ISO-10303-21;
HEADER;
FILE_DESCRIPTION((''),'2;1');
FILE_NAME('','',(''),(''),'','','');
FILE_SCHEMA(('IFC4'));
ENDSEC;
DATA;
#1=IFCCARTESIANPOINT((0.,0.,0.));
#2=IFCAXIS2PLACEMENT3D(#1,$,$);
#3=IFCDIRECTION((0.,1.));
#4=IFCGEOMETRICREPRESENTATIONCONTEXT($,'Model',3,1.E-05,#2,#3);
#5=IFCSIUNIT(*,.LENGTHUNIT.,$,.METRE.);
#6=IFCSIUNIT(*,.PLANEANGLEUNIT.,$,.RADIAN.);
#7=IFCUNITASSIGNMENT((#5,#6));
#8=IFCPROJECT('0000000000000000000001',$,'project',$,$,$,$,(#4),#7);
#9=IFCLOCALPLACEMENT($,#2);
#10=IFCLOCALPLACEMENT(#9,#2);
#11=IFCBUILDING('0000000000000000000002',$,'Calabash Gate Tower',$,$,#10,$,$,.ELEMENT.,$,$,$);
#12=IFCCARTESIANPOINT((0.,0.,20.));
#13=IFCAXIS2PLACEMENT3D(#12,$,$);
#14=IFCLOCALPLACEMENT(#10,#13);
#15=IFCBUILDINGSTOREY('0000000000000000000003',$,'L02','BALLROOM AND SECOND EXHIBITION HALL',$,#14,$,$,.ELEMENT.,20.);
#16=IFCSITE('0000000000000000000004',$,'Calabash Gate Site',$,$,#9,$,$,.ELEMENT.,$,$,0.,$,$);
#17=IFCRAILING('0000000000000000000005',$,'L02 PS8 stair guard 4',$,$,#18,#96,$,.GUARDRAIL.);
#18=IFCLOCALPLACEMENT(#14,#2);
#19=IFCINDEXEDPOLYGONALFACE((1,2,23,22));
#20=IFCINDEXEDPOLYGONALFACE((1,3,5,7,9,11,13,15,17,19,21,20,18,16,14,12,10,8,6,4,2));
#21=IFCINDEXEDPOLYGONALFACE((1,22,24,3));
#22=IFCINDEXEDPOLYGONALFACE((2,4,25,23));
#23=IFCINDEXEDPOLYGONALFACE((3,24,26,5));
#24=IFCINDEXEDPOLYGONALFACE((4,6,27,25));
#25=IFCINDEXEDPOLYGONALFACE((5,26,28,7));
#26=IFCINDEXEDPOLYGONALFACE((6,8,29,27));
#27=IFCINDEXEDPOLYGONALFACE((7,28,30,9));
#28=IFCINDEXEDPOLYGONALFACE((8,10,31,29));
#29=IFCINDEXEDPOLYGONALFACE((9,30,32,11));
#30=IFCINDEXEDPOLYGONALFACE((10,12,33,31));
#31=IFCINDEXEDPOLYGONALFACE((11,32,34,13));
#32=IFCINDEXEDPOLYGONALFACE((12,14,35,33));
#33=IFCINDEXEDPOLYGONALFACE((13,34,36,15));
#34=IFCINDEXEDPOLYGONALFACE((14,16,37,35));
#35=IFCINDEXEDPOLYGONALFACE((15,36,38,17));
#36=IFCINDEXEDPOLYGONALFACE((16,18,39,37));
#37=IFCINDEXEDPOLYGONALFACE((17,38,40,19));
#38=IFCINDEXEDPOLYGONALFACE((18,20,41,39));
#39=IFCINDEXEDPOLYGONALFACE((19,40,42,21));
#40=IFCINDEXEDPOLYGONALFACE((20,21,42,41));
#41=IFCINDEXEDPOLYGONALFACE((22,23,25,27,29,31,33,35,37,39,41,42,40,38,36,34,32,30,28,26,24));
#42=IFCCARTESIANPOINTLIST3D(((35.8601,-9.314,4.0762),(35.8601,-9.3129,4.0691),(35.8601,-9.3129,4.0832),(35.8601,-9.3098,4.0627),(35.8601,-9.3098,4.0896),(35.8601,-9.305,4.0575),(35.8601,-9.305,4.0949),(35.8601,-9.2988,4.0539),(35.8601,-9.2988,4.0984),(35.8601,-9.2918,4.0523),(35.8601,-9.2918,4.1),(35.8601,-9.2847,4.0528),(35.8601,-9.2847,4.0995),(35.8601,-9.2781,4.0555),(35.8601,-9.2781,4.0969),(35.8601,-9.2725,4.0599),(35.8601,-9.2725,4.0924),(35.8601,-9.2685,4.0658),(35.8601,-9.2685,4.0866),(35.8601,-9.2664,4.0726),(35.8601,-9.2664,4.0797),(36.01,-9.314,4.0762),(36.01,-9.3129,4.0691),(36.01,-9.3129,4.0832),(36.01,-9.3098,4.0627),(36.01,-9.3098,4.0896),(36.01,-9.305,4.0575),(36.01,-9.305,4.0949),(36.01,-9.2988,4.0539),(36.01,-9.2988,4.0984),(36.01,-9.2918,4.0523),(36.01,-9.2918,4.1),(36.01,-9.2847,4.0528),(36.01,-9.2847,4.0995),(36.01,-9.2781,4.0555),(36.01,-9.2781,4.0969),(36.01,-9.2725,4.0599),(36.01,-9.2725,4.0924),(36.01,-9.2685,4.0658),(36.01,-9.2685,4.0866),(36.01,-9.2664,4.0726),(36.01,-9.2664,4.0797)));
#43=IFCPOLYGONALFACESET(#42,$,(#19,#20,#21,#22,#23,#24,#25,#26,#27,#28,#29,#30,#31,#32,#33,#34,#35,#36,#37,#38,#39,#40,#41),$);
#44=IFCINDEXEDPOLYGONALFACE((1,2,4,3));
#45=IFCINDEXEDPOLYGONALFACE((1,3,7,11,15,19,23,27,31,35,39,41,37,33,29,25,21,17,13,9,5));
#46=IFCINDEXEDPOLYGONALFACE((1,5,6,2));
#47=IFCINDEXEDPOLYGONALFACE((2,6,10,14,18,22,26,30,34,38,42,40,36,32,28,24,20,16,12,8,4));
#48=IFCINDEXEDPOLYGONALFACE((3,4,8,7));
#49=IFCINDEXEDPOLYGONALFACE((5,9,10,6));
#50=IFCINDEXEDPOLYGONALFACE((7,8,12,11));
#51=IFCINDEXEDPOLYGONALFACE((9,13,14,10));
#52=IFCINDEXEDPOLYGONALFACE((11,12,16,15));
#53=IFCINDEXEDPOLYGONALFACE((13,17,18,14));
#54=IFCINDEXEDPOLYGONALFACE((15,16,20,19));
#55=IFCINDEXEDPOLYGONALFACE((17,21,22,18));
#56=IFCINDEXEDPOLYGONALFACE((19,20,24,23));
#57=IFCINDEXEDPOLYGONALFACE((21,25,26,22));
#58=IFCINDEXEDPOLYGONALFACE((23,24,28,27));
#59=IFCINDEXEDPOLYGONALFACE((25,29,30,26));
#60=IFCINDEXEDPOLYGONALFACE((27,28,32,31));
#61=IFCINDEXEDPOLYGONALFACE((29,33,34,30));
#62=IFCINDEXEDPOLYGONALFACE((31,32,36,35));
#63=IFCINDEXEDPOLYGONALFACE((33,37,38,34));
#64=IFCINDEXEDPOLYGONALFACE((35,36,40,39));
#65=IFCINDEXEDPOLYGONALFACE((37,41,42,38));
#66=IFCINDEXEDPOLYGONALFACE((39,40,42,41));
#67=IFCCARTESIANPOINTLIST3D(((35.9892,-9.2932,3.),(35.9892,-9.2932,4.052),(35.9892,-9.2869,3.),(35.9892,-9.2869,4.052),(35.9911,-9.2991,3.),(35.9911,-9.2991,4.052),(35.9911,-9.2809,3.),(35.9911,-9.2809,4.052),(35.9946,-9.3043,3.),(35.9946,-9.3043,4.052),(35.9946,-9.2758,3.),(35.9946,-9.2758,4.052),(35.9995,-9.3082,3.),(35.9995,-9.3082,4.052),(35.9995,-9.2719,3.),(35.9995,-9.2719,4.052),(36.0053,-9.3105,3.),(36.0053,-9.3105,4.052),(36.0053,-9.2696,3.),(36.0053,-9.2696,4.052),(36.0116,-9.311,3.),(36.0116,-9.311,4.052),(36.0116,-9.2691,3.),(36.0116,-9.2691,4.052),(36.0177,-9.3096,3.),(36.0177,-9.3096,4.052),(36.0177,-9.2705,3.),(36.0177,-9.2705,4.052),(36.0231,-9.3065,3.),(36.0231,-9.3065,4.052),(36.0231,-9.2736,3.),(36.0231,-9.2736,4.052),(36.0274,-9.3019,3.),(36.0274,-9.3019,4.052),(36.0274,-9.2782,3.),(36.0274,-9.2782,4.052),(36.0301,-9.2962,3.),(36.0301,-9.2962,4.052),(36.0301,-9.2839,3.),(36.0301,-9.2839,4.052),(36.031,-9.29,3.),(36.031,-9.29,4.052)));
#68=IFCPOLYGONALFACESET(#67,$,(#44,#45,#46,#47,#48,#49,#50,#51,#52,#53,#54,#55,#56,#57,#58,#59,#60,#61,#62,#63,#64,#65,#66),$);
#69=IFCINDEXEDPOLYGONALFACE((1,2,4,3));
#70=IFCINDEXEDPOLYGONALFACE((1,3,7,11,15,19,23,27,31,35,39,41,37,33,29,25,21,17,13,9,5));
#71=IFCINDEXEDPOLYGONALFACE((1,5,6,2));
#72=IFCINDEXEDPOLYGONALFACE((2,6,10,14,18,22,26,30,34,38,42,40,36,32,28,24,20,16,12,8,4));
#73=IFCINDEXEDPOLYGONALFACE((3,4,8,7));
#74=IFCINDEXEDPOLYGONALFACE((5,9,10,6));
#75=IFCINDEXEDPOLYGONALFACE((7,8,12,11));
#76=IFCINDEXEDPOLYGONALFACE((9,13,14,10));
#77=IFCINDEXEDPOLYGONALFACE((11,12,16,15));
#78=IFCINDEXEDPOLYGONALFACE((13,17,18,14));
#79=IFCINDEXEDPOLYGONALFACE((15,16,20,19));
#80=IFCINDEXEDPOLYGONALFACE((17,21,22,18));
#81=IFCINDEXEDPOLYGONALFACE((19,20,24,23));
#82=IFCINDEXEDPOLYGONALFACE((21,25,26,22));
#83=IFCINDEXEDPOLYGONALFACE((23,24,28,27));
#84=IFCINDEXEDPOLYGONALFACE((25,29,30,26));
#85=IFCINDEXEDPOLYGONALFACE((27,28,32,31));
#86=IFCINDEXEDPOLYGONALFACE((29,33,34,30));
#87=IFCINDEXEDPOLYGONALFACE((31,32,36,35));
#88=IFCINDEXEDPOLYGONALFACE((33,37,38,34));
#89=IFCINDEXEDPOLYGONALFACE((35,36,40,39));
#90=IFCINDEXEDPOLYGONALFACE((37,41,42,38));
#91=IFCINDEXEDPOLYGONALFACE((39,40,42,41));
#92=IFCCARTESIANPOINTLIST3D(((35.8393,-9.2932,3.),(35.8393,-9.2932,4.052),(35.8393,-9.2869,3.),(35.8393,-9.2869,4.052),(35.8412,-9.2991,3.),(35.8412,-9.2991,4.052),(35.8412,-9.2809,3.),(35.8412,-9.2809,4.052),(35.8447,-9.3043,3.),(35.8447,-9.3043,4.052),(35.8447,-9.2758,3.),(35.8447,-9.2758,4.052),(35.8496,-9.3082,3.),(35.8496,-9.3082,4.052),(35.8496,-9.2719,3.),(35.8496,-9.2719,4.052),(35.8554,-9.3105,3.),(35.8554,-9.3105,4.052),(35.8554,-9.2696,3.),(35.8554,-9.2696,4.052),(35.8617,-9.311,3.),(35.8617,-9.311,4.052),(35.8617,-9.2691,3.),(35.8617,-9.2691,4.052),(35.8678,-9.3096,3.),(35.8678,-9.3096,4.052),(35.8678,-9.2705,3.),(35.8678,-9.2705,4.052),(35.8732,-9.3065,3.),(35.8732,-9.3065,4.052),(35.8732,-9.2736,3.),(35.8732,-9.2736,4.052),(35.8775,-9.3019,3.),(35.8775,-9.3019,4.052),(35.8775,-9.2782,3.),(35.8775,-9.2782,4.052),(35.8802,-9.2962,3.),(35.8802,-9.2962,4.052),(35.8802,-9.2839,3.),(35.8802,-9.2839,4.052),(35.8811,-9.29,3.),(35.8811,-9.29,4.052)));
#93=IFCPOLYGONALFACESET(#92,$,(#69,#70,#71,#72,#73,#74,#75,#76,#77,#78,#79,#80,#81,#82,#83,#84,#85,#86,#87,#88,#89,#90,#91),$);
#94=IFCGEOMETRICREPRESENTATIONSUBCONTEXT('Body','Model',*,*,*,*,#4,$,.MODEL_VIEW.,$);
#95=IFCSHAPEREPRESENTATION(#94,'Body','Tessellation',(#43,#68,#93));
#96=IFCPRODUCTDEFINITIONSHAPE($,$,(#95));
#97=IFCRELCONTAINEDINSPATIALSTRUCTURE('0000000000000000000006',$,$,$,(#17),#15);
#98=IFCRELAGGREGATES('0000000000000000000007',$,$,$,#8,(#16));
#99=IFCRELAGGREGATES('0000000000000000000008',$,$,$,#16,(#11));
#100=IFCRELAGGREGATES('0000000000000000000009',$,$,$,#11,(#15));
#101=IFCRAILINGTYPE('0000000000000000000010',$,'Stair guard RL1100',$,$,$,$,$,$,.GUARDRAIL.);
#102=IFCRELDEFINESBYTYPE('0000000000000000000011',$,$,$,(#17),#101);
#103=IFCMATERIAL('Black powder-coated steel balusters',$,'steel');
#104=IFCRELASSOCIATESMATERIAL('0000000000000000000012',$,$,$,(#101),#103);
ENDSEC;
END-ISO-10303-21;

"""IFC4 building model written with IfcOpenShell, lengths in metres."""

from ifc_helpers import new_model, si_unit, direction, frame, origin, origin_2d, place, context, subcontext, project, spatial, circle, extrude, material, type_object, element, save


model = new_model("IFC4")

# Units and contexts
model_context = context("Model", 3, precision=1e-05, world=origin(), true_north=direction((0.0, 1.0)))
body_context = subcontext(model_context, "Body", "Model", "MODEL_VIEW")
ifc_project = project(units=[si_unit("LENGTHUNIT", "METRE"), si_unit("PLANEANGLEUNIT", "RADIAN")], contexts=[model_context])

# Site, building, storey
site_placement = place(None, origin())
site = spatial("IfcSite", under=ifc_project, at=site_placement, Name="Calabash Gate Site", CompositionType="ELEMENT", RefElevation=0.0)
building_placement = place(site_placement, origin())
building = spatial("IfcBuilding", under=site, at=building_placement, Name="Calabash Gate Tower", CompositionType="ELEMENT")
storey_placement = place(building_placement, frame((0.0, 0.0, 20.0)))
storey = spatial("IfcBuildingStorey", under=building, at=storey_placement, Name="L02", Description="BALLROOM AND SECOND EXHIBITION HALL", CompositionType="ELEMENT", Elevation=20.0)

# Railing
ifc_material_1 = material(Name="Black powder-coated steel balusters", Category="steel")
railing_type_1 = type_object("IfcRailingType", Name="Stair guard RL1100", PredefinedType="GUARDRAIL", material=ifc_material_1)
railing_1_placement = place(storey_placement, frame((36.01, -9.29, 3.0)))
element("IfcRailing", 1, at=railing_1_placement, inside=storey, type_object=railing_type_1, Name="L02 PS8 stair guard 4", PredefinedType="GUARDRAIL", context=body_context, shape_type="SweptSolid", body=[
    extrude(circle(Radius=0.0239, at=origin_2d()), frame((0.0, 0.0, 1.0762), z_axis=(-1.0, 0.0, 0.0), x_axis=(0.0, -1.0, 0.0)), (0.0, 0.0, 1.0), 0.1499),
    extrude(circle(Radius=0.021, at=origin_2d()), origin(), (0.0, 0.0, 1.0), 1.052),
    extrude(circle(Radius=0.021, at=origin_2d()), frame((-0.1499, 0.0, 0.0)), (0.0, 0.0, 1.0), 1.052),
])

save(model, "model.ifc")
